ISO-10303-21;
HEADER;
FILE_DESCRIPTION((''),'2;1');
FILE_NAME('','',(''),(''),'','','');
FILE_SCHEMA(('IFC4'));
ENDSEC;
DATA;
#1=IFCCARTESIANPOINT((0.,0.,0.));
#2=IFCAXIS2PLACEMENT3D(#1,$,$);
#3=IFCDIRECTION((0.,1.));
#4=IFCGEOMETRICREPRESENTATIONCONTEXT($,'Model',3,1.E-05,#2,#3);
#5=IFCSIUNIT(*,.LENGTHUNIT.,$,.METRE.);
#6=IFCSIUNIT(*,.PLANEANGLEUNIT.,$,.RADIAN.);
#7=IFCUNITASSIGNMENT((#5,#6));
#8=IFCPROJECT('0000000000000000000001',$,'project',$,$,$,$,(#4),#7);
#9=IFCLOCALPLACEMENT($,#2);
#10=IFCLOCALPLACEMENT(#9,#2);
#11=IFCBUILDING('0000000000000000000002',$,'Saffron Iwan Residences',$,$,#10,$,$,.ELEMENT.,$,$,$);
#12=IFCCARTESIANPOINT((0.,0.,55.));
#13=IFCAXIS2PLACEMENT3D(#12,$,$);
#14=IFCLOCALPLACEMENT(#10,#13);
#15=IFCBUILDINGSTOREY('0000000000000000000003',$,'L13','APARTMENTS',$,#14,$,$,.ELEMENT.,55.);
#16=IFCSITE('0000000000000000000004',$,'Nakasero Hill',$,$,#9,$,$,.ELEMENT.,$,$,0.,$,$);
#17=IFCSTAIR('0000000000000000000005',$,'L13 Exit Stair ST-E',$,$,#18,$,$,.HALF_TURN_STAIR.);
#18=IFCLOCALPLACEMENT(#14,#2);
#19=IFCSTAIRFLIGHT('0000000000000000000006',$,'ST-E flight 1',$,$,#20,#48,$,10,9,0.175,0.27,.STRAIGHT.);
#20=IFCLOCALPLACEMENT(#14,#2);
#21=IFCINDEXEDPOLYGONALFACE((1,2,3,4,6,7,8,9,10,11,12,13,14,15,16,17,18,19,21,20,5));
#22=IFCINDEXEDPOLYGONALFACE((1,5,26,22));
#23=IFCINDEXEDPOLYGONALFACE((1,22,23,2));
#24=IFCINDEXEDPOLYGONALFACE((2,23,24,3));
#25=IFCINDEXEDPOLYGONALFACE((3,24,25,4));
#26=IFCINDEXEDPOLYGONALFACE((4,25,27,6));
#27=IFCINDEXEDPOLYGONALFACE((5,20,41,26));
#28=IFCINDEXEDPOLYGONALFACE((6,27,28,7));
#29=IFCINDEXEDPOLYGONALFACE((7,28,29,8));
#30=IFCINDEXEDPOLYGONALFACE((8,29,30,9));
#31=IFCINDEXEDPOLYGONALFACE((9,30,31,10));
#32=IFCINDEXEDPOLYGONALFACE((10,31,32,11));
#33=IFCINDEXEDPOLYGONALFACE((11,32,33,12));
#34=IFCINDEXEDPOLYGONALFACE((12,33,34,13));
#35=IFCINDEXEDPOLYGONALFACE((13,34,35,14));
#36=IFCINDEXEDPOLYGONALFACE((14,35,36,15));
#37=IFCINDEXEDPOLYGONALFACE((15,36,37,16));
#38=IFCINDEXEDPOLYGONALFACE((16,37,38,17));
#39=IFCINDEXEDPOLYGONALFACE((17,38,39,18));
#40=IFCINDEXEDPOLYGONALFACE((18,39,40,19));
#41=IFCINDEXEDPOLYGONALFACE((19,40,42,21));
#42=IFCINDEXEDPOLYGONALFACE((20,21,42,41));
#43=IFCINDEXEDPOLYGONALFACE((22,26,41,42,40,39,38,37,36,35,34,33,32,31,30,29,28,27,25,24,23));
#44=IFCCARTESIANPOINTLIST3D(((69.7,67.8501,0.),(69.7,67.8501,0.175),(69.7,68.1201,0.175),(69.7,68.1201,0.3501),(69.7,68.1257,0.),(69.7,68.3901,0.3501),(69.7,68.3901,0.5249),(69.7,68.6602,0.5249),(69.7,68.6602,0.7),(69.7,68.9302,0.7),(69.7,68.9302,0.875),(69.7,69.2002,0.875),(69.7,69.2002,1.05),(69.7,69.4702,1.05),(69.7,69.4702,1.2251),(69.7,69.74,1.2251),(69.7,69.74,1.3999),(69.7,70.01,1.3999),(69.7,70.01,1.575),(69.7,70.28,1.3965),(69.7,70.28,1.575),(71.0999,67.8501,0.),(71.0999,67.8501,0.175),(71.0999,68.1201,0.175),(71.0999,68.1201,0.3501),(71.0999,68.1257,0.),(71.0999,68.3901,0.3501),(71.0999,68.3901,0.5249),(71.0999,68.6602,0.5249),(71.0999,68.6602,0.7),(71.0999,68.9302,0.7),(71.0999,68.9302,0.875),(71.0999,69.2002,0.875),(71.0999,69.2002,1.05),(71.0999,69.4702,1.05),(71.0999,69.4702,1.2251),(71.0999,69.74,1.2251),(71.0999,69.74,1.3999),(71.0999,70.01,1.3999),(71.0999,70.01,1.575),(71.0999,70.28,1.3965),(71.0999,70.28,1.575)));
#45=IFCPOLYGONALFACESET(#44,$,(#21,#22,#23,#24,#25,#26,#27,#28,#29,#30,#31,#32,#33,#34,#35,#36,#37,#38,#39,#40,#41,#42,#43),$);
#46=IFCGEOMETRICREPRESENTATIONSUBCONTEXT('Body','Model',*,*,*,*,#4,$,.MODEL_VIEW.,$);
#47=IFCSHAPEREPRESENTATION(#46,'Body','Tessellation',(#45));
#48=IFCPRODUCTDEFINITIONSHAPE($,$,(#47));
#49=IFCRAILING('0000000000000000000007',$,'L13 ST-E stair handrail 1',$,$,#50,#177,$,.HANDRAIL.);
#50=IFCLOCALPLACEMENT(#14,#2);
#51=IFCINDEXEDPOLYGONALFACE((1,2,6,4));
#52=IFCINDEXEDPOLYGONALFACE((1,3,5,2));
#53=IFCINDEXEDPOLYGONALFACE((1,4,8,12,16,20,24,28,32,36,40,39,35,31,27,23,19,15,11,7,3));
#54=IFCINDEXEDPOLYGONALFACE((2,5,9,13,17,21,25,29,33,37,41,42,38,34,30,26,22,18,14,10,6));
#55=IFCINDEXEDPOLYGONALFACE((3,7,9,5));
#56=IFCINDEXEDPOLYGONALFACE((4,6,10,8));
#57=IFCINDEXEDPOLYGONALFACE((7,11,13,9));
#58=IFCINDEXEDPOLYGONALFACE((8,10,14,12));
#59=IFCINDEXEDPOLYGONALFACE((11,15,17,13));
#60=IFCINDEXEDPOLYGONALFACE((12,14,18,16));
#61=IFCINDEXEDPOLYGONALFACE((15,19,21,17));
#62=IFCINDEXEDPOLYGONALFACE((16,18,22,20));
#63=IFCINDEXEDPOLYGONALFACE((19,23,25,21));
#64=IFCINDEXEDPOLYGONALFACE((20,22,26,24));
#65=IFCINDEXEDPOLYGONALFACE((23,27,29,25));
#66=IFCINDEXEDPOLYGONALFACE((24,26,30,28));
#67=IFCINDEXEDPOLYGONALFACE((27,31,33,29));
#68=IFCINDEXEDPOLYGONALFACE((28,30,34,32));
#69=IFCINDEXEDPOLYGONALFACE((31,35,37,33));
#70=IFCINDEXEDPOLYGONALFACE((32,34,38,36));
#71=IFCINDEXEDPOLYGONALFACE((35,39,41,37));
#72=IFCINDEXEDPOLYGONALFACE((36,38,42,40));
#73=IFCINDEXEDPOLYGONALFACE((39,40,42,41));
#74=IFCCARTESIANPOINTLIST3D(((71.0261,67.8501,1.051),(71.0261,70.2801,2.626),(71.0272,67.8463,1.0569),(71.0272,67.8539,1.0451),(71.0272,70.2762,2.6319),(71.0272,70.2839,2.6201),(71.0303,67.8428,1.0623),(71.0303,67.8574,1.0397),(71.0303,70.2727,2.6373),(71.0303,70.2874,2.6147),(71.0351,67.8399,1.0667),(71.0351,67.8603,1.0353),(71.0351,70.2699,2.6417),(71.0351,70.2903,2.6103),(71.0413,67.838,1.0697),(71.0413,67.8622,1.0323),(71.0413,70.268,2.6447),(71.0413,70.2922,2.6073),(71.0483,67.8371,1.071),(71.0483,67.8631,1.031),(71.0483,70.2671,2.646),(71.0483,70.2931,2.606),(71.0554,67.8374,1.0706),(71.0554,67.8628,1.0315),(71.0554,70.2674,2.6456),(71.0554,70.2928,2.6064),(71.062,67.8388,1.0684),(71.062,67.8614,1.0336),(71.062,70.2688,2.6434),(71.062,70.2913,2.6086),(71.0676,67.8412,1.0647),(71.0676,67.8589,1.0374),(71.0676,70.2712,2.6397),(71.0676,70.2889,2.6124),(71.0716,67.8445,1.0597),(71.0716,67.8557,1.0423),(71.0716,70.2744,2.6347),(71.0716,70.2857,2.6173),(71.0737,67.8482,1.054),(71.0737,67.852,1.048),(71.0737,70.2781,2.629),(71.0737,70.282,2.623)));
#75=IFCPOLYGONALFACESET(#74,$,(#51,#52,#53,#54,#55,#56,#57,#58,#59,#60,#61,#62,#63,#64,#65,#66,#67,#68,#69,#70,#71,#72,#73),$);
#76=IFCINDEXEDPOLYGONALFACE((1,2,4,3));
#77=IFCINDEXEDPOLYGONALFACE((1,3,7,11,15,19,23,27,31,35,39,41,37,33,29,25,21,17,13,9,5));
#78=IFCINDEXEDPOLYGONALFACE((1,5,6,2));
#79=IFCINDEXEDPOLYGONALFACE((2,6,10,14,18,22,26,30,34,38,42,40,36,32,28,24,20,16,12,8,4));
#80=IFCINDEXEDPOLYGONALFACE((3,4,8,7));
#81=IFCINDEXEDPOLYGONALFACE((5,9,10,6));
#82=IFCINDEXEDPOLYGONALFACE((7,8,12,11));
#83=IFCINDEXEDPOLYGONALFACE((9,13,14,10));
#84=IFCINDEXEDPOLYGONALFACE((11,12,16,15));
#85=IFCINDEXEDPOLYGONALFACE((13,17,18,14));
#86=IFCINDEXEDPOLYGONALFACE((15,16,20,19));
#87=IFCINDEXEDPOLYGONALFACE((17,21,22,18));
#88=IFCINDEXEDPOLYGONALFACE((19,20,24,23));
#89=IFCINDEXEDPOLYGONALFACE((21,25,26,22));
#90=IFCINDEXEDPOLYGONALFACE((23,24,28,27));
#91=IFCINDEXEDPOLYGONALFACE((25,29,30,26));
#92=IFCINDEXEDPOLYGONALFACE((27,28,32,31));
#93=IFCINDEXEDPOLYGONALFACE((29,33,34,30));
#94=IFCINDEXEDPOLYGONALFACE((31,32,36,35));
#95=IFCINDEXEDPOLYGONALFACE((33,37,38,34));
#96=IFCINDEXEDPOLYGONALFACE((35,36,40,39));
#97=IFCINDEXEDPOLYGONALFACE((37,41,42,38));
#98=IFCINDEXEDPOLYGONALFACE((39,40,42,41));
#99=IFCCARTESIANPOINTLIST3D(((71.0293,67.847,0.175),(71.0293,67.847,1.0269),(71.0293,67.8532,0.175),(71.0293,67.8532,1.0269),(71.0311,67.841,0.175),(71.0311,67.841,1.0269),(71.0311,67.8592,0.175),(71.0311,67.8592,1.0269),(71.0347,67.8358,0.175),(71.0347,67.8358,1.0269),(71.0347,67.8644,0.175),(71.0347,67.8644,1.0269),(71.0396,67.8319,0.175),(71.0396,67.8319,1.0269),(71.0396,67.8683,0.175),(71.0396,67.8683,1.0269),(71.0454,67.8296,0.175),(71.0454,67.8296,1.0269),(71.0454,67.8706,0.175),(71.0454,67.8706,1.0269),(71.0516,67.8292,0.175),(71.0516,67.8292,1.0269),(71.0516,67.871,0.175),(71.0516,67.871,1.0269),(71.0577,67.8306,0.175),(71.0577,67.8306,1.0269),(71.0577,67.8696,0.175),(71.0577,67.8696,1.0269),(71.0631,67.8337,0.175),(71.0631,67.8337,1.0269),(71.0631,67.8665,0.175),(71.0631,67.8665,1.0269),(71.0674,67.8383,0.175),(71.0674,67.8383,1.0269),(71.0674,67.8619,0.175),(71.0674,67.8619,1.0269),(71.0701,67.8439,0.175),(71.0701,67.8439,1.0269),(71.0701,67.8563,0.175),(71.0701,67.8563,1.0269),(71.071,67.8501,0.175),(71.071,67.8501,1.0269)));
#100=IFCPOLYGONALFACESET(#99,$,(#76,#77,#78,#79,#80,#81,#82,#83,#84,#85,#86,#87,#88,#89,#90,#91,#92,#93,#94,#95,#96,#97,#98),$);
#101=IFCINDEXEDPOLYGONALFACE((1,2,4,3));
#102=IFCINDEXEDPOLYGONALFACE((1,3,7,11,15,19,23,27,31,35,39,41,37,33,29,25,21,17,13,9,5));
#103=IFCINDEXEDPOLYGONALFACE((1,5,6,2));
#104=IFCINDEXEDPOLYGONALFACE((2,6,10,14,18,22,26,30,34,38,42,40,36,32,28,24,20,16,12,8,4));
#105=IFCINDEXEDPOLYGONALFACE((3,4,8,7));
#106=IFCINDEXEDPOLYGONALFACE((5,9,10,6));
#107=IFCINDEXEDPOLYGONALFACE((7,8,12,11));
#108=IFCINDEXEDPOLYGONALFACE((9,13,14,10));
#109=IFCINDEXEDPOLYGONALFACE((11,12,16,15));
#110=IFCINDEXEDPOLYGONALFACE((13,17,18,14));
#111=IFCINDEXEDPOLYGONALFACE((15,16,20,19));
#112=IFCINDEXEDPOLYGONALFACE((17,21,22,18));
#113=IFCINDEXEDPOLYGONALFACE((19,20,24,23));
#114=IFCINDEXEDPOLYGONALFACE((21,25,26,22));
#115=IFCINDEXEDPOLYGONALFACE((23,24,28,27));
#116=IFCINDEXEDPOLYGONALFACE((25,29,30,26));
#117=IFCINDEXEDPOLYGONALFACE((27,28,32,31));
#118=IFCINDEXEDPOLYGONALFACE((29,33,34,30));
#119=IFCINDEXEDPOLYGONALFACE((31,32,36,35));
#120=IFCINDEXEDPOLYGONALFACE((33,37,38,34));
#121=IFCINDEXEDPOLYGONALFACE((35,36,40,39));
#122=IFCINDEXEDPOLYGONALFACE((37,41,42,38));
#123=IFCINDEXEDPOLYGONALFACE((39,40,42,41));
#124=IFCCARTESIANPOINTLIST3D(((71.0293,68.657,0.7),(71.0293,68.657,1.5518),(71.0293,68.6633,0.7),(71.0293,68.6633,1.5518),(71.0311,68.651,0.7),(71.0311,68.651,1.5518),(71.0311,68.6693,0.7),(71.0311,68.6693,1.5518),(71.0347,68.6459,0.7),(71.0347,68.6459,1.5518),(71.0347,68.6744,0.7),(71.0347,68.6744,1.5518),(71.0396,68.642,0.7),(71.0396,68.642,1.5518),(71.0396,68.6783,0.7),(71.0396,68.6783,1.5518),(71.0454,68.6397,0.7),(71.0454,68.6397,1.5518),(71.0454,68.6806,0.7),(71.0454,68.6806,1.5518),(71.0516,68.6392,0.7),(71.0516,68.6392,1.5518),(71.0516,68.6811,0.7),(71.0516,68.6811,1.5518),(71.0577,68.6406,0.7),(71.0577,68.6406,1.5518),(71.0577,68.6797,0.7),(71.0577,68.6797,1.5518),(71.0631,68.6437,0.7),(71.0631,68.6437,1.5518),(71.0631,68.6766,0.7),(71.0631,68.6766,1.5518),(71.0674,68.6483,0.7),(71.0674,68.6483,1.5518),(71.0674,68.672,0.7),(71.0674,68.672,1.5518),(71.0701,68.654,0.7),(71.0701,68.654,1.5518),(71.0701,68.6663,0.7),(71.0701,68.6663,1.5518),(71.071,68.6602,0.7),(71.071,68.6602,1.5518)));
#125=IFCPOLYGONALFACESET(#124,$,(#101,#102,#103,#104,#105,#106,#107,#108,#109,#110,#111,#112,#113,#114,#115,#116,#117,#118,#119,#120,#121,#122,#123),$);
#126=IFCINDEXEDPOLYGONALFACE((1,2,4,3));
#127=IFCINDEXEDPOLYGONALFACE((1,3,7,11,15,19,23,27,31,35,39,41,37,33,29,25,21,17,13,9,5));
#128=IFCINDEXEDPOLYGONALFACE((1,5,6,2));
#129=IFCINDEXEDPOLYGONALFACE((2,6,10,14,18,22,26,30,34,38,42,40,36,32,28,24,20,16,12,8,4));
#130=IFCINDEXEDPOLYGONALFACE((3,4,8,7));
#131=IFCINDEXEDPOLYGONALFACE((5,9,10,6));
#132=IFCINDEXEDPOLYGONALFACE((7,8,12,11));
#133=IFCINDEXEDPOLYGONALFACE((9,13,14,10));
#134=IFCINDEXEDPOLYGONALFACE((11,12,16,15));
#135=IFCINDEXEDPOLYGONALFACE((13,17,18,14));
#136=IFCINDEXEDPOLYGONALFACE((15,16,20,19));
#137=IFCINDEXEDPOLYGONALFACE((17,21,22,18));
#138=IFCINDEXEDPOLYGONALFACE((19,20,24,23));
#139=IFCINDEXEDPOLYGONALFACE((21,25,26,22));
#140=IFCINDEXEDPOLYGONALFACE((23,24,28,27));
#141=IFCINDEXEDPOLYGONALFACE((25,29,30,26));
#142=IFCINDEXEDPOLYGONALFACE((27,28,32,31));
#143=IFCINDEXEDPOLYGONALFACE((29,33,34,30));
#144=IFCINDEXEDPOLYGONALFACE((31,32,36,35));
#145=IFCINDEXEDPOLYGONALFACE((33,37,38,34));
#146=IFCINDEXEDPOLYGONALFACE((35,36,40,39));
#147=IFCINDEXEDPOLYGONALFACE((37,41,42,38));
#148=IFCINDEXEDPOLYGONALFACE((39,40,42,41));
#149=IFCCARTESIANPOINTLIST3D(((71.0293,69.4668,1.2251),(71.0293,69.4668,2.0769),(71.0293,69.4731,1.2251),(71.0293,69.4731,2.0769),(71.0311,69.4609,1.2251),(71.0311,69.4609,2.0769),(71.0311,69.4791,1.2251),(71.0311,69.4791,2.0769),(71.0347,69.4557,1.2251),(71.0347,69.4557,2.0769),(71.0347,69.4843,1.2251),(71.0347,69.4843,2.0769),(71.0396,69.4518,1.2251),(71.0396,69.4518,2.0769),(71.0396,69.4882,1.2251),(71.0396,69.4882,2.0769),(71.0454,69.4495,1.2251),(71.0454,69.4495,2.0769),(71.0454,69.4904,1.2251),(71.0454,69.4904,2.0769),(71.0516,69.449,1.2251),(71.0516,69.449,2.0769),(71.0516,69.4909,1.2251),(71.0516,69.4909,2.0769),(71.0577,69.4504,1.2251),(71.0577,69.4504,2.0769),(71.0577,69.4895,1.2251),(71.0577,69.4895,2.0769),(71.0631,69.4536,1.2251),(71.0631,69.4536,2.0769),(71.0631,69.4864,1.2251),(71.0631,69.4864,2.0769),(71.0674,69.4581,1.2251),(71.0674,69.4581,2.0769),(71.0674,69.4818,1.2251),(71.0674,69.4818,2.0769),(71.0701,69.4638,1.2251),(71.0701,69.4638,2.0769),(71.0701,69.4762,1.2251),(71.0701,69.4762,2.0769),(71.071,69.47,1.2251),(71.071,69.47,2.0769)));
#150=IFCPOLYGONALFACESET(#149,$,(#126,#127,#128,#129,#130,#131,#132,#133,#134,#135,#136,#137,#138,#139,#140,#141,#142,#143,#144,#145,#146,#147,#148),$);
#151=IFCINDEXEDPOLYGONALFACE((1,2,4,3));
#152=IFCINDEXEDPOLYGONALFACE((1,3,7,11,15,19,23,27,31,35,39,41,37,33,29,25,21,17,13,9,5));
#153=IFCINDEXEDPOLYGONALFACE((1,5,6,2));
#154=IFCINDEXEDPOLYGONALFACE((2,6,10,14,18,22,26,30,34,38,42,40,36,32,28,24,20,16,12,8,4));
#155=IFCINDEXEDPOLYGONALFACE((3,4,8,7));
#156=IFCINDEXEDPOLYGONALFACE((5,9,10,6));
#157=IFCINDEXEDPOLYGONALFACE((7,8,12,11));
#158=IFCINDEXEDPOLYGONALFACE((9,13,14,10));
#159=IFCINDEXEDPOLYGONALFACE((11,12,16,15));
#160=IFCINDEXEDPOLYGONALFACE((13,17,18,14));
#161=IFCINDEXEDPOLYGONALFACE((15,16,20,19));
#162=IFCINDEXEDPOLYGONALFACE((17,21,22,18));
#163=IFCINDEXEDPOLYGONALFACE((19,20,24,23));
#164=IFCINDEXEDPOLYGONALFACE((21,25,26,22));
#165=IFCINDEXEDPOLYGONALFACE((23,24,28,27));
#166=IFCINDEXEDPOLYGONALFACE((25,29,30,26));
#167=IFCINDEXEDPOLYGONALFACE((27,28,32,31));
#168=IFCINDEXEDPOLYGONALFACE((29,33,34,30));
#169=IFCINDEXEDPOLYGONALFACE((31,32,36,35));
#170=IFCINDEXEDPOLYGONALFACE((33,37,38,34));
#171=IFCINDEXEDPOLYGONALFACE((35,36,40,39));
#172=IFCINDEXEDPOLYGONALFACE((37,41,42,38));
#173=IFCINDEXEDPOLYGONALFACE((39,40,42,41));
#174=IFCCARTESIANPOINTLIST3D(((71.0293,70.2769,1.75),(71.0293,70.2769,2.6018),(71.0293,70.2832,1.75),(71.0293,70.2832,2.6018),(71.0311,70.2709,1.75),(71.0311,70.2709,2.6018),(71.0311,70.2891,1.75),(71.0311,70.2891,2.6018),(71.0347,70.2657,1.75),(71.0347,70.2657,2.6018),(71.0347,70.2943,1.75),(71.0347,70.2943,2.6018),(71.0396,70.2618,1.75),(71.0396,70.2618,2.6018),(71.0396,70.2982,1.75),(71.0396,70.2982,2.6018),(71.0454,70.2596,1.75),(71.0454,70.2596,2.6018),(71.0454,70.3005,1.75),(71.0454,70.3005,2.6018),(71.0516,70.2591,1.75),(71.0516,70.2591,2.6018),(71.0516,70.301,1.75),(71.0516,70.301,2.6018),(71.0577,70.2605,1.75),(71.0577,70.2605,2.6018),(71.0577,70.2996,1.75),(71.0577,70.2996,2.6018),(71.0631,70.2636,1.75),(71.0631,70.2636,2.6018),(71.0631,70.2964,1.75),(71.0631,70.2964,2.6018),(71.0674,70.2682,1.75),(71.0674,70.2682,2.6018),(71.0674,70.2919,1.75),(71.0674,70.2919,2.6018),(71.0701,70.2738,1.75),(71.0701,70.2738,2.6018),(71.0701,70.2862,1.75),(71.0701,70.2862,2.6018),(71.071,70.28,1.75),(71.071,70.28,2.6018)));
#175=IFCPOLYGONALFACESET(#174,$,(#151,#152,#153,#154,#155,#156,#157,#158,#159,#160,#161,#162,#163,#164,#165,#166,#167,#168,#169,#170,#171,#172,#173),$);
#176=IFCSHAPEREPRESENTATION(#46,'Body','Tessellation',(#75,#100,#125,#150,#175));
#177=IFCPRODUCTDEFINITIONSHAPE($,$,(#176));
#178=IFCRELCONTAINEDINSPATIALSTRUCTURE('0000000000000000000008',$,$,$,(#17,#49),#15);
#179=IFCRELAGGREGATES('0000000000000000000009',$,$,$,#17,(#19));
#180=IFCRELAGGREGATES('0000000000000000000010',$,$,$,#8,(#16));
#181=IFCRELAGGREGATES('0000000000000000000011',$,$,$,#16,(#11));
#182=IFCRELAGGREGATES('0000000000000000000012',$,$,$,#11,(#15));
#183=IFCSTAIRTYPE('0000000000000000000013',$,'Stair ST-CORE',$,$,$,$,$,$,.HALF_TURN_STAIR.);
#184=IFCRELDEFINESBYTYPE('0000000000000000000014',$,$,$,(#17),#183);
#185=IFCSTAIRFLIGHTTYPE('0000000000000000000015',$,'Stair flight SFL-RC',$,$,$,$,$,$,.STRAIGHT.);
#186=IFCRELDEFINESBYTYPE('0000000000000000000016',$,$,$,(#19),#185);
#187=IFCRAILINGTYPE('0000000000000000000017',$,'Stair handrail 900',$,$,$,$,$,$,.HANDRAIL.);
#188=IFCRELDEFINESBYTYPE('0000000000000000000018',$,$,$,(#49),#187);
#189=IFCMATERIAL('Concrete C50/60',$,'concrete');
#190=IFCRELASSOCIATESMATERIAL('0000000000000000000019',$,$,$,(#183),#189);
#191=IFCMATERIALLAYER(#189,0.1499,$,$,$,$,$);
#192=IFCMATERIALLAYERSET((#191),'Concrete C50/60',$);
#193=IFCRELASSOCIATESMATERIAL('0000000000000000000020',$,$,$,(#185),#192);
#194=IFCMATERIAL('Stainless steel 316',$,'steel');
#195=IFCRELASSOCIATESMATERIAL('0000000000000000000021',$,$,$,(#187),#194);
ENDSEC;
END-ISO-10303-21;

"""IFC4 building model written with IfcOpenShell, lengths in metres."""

from ifc_helpers import new_model, si_unit, direction, frame, origin, origin_2d, place, context, subcontext, project, spatial, polyline, circle, outline, extrude, material, layer, layer_set, type_object, element, aggregate, save


model = new_model("IFC4")

# Units and contexts
model_context = context("Model", 3, precision=1e-05, world=origin(), true_north=direction((0.0, 1.0)))
body_context = subcontext(model_context, "Body", "Model", "MODEL_VIEW")
ifc_project = project(units=[si_unit("LENGTHUNIT", "METRE"), si_unit("PLANEANGLEUNIT", "RADIAN")], contexts=[model_context])

# Site, building, storey
site_placement = place(None, origin())
site = spatial("IfcSite", under=ifc_project, at=site_placement, Name="Nakasero Hill", CompositionType="ELEMENT", RefElevation=0.0)
building_placement = place(site_placement, origin())
building = spatial("IfcBuilding", under=site, at=building_placement, Name="Saffron Iwan Residences", CompositionType="ELEMENT")
storey_placement = place(building_placement, frame((0.0, 0.0, 55.0)))
storey = spatial("IfcBuildingStorey", under=building, at=storey_placement, Name="L13", Description="APARTMENTS", CompositionType="ELEMENT", Elevation=55.0)

# Stair, stair flight
ifc_material_1 = material(Name="Concrete C50/60", Category="concrete")
stair_type = type_object("IfcStairType", Name="Stair ST-CORE", PredefinedType="HALF_TURN_STAIR", material=ifc_material_1)
stair_placement = place(storey_placement, origin())
stair = element("IfcStair", 1, at=stair_placement, inside=storey, type_object=stair_type, Name="L13 Exit Stair ST-E", PredefinedType="HALF_TURN_STAIR")
ifc_layer_1 = layer(ifc_material_1, 0.1499)
ifc_layer_set_1 = layer_set([ifc_layer_1], Name="Concrete C50/60")
stair_flight_type = type_object("IfcStairFlightType", Name="Stair flight SFL-RC", PredefinedType="STRAIGHT", material=ifc_layer_set_1)
stair_flight_placement = place(storey_placement, frame((70.3999, 67.8501, 0.0), z_axis=(0.0, 0.0, 1.0), x_axis=(0.0, 1.0, 0.0)))
stair_flight = element("IfcStairFlight", 2, at=stair_flight_placement, type_object=stair_flight_type, Name="ST-E flight 1", NumberOfRisers=10, NumberOfTreads=9, PredefinedType="STRAIGHT", RiserHeight=0.175, TreadLength=0.27, context=body_context, shape_type="SweptSolid", body=[
    extrude(outline(polyline([(0.0, 0.0), (0.0, 0.175), (0.27, 0.175), (0.27, 0.3501), (0.54, 0.3501), (0.54, 0.5249), (0.8101, 0.5249), (0.8101, 0.7), (1.0801, 0.7), (1.0801, 0.875), (1.3501, 0.875), (1.3501, 1.05), (1.6201, 1.05), (1.6201, 1.2251), (1.8899, 1.2251), (1.8899, 1.3999), (2.1599, 1.3999), (2.1599, 1.575), (2.4299, 1.575), (2.4299, 1.75), (2.4299, 1.3965), (0.2756, 0.0), (0.0, 0.0)])), frame((0.0, 0.7, 0.0), z_axis=(0.0, -1.0, 0.0), x_axis=(1.0, 0.0, 0.0)), (0.0, 0.0, 1.0), 1.3999),
])
aggregate(stair, [stair_flight])

# Railing
ifc_material_2 = material(Name="Stainless steel 316", Category="steel")
railing_type = type_object("IfcRailingType", Name="Stair handrail 900", PredefinedType="HANDRAIL", material=ifc_material_2)
railing_placement = place(storey_placement, frame((71.05, 67.8501, 0.175)))
element("IfcRailing", 3, at=railing_placement, inside=storey, type_object=railing_type, Name="L13 ST-E stair handrail 1", PredefinedType="HANDRAIL", context=body_context, shape_type="SweptSolid", body=[
    extrude(circle(Radius=0.0239, at=origin_2d()), frame((0.0, 0.0, 0.876), z_axis=(0.0, 0.839154, 0.543894), x_axis=(-1.0, 0.0, 0.0)), (0.0, 0.0, 1.0), 2.8958),
    extrude(circle(Radius=0.021, at=origin_2d()), origin(), (0.0, 0.0, 1.0), 0.8518),
    extrude(circle(Radius=0.021, at=origin_2d()), frame((0.0, 0.8101, 0.5249)), (0.0, 0.0, 1.0), 0.8518),
    extrude(circle(Radius=0.021, at=origin_2d()), frame((0.0, 1.6199, 1.05)), (0.0, 0.0, 1.0), 0.8518),
    extrude(circle(Radius=0.021, at=origin_2d()), frame((0.0, 2.4299, 1.575)), (0.0, 0.0, 1.0), 0.8518),
])

save(model, "model.ifc")
